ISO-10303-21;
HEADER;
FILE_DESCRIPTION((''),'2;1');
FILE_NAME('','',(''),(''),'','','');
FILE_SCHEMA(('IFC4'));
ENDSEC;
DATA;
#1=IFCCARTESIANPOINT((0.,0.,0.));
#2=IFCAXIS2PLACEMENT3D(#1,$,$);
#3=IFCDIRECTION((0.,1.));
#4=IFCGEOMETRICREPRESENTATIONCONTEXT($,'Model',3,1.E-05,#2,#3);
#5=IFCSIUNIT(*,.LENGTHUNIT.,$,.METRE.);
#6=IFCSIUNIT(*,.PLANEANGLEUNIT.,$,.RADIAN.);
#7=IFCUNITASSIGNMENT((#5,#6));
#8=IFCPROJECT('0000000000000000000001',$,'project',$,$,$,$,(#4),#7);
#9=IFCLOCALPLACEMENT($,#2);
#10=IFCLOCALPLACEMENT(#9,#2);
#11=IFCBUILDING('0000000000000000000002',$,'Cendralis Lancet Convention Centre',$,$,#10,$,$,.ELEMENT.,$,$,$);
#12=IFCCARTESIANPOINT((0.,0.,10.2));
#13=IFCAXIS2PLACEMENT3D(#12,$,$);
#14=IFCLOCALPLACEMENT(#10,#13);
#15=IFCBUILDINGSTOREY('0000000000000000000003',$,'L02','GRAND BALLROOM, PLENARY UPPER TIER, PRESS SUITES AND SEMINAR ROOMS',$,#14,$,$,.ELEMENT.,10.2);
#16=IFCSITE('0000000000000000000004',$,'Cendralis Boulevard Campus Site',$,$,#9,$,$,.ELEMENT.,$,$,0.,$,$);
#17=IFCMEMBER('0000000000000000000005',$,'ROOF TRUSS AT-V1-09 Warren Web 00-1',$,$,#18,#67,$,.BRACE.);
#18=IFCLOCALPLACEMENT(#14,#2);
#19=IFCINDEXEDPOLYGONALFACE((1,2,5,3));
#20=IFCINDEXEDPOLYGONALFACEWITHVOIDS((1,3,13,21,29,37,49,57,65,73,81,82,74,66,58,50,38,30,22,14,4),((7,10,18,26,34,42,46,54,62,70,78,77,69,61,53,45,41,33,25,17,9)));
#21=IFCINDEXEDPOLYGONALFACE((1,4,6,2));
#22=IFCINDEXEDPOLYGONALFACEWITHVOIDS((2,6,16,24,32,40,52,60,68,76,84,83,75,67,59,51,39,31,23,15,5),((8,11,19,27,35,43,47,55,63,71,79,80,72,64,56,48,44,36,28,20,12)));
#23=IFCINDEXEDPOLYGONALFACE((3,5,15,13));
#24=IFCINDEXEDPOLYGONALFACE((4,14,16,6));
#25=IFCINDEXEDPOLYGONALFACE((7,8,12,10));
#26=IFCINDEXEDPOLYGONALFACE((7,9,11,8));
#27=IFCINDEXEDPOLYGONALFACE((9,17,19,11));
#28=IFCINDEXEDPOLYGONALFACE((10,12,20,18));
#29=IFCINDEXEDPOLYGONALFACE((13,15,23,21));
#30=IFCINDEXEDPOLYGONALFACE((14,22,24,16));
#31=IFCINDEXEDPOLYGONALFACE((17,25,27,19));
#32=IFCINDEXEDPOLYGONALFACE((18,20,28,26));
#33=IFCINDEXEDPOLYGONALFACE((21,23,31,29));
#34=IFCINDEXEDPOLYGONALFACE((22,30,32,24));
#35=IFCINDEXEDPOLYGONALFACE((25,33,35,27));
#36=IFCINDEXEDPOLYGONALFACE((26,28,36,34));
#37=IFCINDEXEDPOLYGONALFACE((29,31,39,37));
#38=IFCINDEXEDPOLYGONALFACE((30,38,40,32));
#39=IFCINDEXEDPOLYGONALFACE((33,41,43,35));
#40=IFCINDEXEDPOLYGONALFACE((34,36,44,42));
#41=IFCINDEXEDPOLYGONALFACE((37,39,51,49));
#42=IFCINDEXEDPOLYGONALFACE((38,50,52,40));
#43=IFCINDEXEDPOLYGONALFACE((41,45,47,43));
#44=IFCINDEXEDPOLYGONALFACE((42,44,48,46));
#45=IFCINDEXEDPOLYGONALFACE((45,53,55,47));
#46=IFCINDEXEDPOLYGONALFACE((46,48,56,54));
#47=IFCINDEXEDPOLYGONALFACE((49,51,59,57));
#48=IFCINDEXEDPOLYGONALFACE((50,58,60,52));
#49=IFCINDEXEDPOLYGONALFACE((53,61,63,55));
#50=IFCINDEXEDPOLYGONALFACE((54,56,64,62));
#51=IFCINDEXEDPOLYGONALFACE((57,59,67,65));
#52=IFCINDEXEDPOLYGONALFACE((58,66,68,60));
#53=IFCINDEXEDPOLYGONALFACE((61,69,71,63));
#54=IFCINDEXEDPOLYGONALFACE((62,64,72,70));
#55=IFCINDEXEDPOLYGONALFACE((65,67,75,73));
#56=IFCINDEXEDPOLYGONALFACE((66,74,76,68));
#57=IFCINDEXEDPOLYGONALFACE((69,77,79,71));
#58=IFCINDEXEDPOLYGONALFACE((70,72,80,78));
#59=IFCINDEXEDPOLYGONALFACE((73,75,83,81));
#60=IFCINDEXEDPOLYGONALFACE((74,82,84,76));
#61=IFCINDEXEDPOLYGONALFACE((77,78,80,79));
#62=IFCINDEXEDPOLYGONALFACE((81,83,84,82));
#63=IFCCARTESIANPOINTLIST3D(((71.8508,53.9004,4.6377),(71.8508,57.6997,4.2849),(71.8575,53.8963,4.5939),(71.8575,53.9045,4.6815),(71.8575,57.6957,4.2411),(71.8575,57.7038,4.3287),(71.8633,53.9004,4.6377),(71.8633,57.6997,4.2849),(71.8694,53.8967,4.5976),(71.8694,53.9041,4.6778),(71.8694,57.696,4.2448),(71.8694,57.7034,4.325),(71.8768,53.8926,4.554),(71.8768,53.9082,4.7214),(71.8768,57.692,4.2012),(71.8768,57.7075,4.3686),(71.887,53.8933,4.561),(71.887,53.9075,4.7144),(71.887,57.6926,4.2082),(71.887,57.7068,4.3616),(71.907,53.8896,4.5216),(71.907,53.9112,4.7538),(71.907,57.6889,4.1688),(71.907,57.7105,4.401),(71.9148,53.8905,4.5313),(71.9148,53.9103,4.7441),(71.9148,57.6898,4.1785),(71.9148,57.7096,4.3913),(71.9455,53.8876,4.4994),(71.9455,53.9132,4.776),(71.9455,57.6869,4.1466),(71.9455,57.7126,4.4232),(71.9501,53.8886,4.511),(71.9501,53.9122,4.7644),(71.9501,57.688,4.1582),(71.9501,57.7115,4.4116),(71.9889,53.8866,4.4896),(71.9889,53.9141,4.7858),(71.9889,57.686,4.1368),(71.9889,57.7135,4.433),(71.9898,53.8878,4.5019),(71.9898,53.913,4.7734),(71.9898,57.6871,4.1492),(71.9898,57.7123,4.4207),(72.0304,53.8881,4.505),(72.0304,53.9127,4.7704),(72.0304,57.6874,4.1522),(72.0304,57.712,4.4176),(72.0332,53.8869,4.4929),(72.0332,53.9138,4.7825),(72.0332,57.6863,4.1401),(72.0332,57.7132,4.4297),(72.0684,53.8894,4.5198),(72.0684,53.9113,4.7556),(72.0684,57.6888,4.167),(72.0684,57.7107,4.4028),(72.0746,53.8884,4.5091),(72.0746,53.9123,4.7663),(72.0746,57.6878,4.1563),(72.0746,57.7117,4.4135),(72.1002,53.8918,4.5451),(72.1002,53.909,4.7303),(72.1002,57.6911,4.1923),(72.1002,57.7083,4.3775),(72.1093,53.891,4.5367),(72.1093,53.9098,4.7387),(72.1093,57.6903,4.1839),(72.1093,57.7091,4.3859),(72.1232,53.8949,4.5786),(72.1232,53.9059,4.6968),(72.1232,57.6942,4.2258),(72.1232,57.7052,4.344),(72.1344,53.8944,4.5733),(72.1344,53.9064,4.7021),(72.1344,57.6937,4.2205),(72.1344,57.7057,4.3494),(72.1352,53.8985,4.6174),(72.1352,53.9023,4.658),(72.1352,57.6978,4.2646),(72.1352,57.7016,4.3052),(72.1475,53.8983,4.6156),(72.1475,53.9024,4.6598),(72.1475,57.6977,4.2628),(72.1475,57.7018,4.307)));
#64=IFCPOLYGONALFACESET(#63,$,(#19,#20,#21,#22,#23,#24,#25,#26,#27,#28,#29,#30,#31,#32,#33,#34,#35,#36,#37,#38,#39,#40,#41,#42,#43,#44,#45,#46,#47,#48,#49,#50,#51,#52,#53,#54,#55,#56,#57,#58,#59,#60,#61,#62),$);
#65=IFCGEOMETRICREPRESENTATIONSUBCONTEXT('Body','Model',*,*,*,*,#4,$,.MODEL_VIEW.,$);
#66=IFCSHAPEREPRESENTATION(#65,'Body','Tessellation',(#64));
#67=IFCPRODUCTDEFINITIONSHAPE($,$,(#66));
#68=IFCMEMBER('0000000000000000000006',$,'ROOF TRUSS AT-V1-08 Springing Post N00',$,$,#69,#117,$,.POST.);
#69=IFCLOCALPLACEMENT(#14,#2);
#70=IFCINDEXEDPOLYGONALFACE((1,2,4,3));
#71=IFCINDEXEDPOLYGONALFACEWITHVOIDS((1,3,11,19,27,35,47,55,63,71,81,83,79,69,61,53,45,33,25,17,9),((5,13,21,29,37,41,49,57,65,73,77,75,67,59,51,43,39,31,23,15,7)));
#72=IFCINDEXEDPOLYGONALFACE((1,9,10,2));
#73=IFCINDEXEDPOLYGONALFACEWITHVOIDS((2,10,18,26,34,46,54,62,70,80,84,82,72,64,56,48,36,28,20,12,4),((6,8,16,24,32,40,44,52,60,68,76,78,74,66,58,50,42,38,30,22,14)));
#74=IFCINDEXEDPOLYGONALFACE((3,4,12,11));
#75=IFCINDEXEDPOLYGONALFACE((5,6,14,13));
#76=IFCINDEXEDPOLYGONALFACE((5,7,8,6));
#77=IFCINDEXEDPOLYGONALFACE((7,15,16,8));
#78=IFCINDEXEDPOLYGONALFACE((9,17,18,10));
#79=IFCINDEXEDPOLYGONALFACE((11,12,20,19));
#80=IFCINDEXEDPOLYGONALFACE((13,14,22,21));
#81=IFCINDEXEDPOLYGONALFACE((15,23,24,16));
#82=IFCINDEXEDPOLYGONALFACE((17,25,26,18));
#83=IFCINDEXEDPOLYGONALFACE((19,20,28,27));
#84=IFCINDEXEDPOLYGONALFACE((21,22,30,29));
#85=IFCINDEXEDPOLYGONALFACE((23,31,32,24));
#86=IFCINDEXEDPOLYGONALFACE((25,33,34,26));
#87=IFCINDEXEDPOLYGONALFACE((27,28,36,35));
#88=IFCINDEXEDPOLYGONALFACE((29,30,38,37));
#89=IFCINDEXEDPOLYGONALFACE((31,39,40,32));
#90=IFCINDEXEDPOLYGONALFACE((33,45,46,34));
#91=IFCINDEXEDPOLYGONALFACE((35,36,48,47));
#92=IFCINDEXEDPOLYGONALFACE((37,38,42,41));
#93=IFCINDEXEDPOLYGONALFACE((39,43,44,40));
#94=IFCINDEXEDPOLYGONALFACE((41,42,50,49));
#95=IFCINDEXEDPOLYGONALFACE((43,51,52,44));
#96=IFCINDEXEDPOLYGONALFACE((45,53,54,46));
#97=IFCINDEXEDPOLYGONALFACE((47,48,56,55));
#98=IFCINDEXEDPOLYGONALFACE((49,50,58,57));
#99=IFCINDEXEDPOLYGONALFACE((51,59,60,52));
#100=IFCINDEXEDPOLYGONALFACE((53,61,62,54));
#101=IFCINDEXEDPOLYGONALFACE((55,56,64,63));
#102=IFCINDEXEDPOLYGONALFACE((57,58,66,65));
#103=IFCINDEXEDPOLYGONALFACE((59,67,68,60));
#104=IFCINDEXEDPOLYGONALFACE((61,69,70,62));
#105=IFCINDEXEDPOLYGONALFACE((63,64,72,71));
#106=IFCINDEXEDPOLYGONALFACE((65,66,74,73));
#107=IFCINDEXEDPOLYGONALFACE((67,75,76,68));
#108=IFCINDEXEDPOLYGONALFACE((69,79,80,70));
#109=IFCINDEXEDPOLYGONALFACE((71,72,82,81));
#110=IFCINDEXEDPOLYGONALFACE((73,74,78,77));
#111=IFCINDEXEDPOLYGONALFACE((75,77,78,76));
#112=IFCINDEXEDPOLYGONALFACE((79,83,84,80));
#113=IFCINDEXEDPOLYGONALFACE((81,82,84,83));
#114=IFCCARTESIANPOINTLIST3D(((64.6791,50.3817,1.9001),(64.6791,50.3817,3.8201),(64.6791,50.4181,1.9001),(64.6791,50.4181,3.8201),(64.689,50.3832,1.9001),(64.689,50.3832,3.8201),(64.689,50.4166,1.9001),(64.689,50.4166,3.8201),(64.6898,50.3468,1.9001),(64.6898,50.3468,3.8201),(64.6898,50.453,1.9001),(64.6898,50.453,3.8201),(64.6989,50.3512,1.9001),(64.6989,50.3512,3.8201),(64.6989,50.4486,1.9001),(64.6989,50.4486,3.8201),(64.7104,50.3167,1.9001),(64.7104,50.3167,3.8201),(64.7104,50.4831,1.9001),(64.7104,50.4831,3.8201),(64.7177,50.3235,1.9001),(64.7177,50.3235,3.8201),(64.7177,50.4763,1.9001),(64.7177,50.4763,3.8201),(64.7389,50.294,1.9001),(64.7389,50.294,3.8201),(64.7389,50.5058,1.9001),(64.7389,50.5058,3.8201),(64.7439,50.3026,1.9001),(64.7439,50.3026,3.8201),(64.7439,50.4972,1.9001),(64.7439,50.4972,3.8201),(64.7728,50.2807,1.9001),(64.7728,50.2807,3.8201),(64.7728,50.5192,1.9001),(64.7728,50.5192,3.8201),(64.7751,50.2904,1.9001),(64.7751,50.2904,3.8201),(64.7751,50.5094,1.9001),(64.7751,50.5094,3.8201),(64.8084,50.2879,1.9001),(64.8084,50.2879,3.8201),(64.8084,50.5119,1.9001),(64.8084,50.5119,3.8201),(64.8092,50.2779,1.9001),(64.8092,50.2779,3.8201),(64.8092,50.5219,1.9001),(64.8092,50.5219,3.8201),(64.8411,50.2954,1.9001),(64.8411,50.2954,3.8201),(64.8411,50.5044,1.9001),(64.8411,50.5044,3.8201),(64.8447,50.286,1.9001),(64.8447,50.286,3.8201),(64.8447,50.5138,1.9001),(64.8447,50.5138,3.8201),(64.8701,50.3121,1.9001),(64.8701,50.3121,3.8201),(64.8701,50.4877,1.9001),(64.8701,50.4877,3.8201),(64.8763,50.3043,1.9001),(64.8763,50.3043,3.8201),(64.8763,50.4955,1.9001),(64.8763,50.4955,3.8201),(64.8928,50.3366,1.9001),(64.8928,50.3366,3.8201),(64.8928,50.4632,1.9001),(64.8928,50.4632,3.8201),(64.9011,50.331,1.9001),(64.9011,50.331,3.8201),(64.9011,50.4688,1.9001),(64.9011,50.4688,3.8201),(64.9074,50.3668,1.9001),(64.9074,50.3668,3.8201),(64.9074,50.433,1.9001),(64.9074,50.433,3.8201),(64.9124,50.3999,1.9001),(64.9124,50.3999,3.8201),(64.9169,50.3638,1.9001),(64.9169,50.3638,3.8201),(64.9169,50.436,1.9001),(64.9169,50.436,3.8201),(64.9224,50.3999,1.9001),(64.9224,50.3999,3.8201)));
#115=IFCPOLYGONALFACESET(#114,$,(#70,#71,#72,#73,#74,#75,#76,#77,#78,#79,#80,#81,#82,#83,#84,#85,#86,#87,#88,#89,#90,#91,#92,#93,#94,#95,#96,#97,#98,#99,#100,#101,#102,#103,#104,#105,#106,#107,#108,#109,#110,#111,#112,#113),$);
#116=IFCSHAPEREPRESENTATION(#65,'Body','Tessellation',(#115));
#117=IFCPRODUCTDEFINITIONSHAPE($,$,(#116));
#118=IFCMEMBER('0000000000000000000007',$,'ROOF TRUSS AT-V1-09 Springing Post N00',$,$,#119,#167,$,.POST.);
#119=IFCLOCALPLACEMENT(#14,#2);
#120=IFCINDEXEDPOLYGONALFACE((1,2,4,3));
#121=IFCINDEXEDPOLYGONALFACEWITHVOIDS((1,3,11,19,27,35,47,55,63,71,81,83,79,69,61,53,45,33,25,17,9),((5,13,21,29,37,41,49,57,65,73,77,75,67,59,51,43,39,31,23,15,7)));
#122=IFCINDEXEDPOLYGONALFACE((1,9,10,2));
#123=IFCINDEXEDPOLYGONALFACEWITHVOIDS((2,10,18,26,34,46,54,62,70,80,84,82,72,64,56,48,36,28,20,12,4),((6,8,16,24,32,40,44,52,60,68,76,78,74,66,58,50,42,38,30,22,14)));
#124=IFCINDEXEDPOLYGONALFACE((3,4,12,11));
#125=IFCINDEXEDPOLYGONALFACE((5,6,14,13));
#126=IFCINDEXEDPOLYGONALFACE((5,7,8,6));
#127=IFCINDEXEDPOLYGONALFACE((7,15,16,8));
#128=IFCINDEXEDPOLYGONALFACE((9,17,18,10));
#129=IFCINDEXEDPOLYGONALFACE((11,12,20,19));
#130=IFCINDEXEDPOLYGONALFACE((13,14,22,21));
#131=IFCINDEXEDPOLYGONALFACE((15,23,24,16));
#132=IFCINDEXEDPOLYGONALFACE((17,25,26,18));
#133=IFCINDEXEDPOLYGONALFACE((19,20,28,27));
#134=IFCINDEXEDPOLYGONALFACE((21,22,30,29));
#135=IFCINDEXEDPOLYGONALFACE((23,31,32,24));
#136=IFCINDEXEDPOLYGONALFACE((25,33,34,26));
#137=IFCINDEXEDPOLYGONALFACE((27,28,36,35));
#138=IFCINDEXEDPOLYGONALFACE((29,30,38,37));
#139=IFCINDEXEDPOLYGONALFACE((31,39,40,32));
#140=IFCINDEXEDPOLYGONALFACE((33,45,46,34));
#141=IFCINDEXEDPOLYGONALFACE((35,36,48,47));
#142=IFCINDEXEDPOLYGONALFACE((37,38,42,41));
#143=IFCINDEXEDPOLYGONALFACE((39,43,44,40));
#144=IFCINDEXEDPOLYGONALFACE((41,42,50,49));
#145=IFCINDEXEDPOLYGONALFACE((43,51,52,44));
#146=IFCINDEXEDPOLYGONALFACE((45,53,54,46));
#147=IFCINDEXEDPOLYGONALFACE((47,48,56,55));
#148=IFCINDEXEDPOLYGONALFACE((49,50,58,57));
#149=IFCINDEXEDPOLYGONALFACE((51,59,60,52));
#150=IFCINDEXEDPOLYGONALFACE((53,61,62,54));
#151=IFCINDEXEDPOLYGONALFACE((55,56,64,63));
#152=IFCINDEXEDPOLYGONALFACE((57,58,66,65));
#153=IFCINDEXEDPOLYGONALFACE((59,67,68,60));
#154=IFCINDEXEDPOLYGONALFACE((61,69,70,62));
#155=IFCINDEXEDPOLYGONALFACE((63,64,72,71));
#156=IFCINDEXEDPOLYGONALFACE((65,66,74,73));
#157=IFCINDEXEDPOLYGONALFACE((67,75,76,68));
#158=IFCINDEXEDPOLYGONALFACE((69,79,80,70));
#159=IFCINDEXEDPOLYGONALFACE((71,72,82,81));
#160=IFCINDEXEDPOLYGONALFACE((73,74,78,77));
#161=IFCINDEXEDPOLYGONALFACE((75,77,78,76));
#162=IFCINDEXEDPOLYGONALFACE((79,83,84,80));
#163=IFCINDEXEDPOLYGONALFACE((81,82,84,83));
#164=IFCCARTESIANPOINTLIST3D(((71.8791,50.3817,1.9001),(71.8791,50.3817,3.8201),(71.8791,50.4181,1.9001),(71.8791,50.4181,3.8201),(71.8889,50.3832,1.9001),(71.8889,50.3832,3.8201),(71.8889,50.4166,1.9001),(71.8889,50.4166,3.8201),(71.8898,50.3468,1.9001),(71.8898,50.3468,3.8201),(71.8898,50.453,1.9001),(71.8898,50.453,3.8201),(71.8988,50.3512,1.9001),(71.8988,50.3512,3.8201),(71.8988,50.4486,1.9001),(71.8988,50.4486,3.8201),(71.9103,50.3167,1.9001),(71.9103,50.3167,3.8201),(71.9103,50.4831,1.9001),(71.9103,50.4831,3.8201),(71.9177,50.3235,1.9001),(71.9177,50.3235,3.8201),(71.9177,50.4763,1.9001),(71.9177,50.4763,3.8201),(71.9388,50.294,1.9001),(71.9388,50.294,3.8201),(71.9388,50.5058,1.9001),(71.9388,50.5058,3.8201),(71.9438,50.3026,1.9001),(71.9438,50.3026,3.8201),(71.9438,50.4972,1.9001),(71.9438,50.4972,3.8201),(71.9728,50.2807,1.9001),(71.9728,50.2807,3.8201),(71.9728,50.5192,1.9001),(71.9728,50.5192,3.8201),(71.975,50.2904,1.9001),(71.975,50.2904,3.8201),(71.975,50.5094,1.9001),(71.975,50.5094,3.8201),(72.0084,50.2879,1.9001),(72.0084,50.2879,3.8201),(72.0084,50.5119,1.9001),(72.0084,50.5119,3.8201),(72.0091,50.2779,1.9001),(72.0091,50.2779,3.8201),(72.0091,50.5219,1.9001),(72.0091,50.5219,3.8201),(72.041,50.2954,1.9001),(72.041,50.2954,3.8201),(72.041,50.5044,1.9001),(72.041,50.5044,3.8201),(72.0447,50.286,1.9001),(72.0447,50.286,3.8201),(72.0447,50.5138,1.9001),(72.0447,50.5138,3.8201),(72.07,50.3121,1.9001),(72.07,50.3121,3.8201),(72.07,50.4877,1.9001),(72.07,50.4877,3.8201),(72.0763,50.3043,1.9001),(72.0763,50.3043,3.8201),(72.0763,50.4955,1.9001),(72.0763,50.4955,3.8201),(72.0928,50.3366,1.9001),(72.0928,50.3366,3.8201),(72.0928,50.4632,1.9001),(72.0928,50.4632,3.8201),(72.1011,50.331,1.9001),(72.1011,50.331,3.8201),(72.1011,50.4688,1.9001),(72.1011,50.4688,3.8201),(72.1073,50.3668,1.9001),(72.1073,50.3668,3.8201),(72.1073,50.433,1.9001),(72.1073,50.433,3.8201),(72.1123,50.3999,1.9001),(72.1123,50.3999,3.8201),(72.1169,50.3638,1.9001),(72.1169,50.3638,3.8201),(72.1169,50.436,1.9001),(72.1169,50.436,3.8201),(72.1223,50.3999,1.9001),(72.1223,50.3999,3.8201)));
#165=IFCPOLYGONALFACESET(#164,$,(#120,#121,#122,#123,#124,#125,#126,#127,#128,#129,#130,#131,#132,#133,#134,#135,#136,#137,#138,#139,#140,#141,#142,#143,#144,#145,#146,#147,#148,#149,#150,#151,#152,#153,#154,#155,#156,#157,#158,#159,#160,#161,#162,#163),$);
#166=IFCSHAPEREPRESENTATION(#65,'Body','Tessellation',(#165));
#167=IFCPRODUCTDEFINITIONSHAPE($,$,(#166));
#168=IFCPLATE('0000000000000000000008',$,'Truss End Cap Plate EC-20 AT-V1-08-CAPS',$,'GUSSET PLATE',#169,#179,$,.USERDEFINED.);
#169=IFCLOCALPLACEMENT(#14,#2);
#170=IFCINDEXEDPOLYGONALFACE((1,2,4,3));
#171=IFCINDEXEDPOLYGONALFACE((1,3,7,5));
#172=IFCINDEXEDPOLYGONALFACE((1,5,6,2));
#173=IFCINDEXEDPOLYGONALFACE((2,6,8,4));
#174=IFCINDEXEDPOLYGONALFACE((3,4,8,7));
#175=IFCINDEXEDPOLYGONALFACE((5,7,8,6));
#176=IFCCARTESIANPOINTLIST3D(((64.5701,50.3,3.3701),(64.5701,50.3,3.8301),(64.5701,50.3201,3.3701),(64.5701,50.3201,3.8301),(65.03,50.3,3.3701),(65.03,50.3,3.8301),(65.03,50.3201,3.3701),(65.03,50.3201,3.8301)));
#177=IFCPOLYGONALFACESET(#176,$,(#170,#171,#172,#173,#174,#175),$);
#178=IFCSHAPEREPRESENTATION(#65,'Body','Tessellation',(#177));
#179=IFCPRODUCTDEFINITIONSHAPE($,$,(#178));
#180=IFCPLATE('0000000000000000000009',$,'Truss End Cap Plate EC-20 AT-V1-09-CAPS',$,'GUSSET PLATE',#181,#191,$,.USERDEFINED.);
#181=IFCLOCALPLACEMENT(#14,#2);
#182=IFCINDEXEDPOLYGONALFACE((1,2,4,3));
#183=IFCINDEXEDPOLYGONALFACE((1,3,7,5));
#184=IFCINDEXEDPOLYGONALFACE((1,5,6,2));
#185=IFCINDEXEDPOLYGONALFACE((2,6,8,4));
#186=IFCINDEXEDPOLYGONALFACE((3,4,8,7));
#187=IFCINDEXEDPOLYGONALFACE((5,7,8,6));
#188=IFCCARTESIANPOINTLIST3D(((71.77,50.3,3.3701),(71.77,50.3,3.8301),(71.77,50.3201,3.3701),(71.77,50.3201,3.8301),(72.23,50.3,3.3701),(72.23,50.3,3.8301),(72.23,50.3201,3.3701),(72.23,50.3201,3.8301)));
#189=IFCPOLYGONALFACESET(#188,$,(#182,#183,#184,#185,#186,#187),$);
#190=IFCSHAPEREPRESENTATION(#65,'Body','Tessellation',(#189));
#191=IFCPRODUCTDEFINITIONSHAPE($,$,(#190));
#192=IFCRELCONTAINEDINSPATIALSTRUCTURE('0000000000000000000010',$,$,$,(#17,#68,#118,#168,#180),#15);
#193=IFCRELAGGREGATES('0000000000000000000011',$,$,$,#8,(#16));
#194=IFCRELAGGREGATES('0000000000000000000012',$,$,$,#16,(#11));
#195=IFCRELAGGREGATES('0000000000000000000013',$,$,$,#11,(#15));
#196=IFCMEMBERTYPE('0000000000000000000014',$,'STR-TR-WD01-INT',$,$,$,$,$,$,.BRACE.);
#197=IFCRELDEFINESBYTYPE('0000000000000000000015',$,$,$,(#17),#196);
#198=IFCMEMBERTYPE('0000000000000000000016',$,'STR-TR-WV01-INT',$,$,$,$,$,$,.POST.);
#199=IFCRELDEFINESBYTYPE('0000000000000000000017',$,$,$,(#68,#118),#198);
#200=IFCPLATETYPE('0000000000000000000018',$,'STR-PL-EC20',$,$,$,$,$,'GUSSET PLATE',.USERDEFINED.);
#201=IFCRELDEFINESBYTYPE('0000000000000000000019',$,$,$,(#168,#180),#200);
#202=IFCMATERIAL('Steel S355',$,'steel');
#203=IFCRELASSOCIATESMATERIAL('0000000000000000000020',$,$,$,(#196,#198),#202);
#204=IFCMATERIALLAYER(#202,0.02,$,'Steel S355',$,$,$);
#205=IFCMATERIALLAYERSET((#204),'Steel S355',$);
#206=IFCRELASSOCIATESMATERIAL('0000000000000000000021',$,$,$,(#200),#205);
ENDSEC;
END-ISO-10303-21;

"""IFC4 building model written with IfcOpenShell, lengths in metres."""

from ifc_helpers import new_model, si_unit, direction, frame, origin, origin_2d, place, context, subcontext, project, spatial, rectangle, hollow_circle, extrude, material, layer, layer_set, material_profile, profile_set, type_object, element, save


model = new_model("IFC4")

# Units and contexts
model_context = context("Model", 3, precision=1e-05, world=origin(), true_north=direction((0.0, 1.0)))
body_context = subcontext(model_context, "Body", "Model", "MODEL_VIEW")
ifc_project = project(units=[si_unit("LENGTHUNIT", "METRE"), si_unit("PLANEANGLEUNIT", "RADIAN")], contexts=[model_context])

# Site, building, storey
site_placement = place(None, origin())
site = spatial("IfcSite", under=ifc_project, at=site_placement, Name="Cendralis Boulevard Campus Site", CompositionType="ELEMENT", RefElevation=0.0)
building_placement = place(site_placement, origin())
building = spatial("IfcBuilding", under=site, at=building_placement, Name="Cendralis Lancet Convention Centre", CompositionType="ELEMENT")
storey_placement = place(building_placement, frame((0.0, 0.0, 10.2)))
storey = spatial("IfcBuildingStorey", under=building, at=storey_placement, Name="L02", Description="GRAND BALLROOM, PLENARY UPPER TIER, PRESS SUITES AND SEMINAR ROOMS", CompositionType="ELEMENT", Elevation=10.2)

# Shared definitions
ifc_material_1 = material(Name="Steel S355", Category="steel")

# Members
ifc_material_profile_1 = material_profile(ifc_material_1, hollow_circle(Radius=0.1492, WallThickness=0.0125, at=origin_2d()), Name="CHS 298.5x12.5")
ifc_profile_set_1 = profile_set([ifc_material_profile_1], Name="Steel S355")
member_type_1 = type_object("IfcMemberType", Name="STR-TR-WD01-INT", PredefinedType="BRACE", material=ifc_profile_set_1)
member_1_placement = place(storey_placement, frame((72.0, 53.9004, 4.6377), z_axis=(0.0, 0.995717, -0.092457), x_axis=(-1.0, 0.0, 0.0)))
element("IfcMember", 1, at=member_1_placement, inside=storey, type_object=member_type_1, Name="ROOF TRUSS AT-V1-09 Warren Web 00-1", PredefinedType="BRACE", context=body_context, shape_type="SweptSolid", body=[
    extrude(hollow_circle(Radius=0.1492, WallThickness=0.0125, at=origin_2d()), origin(), (0.0, 0.0, 1.0), 3.8157),
])
ifc_material_profile_2 = material_profile(ifc_material_1, hollow_circle(Radius=0.1223, WallThickness=0.01, at=origin_2d()), Name="CHS 244.5x10.0")
ifc_profile_set_2 = profile_set([ifc_material_profile_2], Name="Steel S355")
member_type_2 = type_object("IfcMemberType", Name="STR-TR-WV01-INT", PredefinedType="POST", material=ifc_profile_set_2)
for number, where, z_axis, x_axis, name in (
    (2, (64.8, 50.3999, 1.9001), (0.0, 0.0, 1.0), (1.0, 0.0, 0.0), "ROOF TRUSS AT-V1-08 Springing Post N00"),
    (3, (72.0, 50.3999, 1.9001), (0.0, 0.0, 1.0), (1.0, 0.0, 0.0), "ROOF TRUSS AT-V1-09 Springing Post N00"),
):
    element("IfcMember", number, at=place(storey_placement, frame(where, z_axis=z_axis, x_axis=x_axis)), inside=storey, type_object=member_type_2, Name=name, PredefinedType="POST", context=body_context, shape_type="SweptSolid", body=[
        extrude(hollow_circle(Radius=0.1223, WallThickness=0.01, at=origin_2d()), origin(), (0.0, 0.0, 1.0), 1.9199),
    ])

# Plates
ifc_layer_1 = layer(ifc_material_1, 0.02, Name="Steel S355")
ifc_layer_set_1 = layer_set([ifc_layer_1], Name="Steel S355")
plate_type_1 = type_object("IfcPlateType", Name="STR-PL-EC20", ElementType="GUSSET PLATE", PredefinedType="USERDEFINED", material=ifc_layer_set_1)
for number, where, z_axis, x_axis, name in (
    (4, (64.8, 50.3101, 3.3701), (0.0, 0.0, 1.0), (1.0, 0.0, 0.0), "Truss End Cap Plate EC-20 AT-V1-08-CAPS"),
    (5, (72.0, 50.3101, 3.3701), (0.0, 0.0, 1.0), (1.0, 0.0, 0.0), "Truss End Cap Plate EC-20 AT-V1-09-CAPS"),
):
    element("IfcPlate", number, at=place(storey_placement, frame(where, z_axis=z_axis, x_axis=x_axis)), inside=storey, type_object=plate_type_1, Name=name, ObjectType="GUSSET PLATE", PredefinedType="USERDEFINED", context=body_context, shape_type="SweptSolid", body=[
        extrude(rectangle(XDim=0.46, YDim=0.02, at=origin_2d()), origin(), (0.0, 0.0, 1.0), 0.46),
    ])

save(model, "model.ifc")
